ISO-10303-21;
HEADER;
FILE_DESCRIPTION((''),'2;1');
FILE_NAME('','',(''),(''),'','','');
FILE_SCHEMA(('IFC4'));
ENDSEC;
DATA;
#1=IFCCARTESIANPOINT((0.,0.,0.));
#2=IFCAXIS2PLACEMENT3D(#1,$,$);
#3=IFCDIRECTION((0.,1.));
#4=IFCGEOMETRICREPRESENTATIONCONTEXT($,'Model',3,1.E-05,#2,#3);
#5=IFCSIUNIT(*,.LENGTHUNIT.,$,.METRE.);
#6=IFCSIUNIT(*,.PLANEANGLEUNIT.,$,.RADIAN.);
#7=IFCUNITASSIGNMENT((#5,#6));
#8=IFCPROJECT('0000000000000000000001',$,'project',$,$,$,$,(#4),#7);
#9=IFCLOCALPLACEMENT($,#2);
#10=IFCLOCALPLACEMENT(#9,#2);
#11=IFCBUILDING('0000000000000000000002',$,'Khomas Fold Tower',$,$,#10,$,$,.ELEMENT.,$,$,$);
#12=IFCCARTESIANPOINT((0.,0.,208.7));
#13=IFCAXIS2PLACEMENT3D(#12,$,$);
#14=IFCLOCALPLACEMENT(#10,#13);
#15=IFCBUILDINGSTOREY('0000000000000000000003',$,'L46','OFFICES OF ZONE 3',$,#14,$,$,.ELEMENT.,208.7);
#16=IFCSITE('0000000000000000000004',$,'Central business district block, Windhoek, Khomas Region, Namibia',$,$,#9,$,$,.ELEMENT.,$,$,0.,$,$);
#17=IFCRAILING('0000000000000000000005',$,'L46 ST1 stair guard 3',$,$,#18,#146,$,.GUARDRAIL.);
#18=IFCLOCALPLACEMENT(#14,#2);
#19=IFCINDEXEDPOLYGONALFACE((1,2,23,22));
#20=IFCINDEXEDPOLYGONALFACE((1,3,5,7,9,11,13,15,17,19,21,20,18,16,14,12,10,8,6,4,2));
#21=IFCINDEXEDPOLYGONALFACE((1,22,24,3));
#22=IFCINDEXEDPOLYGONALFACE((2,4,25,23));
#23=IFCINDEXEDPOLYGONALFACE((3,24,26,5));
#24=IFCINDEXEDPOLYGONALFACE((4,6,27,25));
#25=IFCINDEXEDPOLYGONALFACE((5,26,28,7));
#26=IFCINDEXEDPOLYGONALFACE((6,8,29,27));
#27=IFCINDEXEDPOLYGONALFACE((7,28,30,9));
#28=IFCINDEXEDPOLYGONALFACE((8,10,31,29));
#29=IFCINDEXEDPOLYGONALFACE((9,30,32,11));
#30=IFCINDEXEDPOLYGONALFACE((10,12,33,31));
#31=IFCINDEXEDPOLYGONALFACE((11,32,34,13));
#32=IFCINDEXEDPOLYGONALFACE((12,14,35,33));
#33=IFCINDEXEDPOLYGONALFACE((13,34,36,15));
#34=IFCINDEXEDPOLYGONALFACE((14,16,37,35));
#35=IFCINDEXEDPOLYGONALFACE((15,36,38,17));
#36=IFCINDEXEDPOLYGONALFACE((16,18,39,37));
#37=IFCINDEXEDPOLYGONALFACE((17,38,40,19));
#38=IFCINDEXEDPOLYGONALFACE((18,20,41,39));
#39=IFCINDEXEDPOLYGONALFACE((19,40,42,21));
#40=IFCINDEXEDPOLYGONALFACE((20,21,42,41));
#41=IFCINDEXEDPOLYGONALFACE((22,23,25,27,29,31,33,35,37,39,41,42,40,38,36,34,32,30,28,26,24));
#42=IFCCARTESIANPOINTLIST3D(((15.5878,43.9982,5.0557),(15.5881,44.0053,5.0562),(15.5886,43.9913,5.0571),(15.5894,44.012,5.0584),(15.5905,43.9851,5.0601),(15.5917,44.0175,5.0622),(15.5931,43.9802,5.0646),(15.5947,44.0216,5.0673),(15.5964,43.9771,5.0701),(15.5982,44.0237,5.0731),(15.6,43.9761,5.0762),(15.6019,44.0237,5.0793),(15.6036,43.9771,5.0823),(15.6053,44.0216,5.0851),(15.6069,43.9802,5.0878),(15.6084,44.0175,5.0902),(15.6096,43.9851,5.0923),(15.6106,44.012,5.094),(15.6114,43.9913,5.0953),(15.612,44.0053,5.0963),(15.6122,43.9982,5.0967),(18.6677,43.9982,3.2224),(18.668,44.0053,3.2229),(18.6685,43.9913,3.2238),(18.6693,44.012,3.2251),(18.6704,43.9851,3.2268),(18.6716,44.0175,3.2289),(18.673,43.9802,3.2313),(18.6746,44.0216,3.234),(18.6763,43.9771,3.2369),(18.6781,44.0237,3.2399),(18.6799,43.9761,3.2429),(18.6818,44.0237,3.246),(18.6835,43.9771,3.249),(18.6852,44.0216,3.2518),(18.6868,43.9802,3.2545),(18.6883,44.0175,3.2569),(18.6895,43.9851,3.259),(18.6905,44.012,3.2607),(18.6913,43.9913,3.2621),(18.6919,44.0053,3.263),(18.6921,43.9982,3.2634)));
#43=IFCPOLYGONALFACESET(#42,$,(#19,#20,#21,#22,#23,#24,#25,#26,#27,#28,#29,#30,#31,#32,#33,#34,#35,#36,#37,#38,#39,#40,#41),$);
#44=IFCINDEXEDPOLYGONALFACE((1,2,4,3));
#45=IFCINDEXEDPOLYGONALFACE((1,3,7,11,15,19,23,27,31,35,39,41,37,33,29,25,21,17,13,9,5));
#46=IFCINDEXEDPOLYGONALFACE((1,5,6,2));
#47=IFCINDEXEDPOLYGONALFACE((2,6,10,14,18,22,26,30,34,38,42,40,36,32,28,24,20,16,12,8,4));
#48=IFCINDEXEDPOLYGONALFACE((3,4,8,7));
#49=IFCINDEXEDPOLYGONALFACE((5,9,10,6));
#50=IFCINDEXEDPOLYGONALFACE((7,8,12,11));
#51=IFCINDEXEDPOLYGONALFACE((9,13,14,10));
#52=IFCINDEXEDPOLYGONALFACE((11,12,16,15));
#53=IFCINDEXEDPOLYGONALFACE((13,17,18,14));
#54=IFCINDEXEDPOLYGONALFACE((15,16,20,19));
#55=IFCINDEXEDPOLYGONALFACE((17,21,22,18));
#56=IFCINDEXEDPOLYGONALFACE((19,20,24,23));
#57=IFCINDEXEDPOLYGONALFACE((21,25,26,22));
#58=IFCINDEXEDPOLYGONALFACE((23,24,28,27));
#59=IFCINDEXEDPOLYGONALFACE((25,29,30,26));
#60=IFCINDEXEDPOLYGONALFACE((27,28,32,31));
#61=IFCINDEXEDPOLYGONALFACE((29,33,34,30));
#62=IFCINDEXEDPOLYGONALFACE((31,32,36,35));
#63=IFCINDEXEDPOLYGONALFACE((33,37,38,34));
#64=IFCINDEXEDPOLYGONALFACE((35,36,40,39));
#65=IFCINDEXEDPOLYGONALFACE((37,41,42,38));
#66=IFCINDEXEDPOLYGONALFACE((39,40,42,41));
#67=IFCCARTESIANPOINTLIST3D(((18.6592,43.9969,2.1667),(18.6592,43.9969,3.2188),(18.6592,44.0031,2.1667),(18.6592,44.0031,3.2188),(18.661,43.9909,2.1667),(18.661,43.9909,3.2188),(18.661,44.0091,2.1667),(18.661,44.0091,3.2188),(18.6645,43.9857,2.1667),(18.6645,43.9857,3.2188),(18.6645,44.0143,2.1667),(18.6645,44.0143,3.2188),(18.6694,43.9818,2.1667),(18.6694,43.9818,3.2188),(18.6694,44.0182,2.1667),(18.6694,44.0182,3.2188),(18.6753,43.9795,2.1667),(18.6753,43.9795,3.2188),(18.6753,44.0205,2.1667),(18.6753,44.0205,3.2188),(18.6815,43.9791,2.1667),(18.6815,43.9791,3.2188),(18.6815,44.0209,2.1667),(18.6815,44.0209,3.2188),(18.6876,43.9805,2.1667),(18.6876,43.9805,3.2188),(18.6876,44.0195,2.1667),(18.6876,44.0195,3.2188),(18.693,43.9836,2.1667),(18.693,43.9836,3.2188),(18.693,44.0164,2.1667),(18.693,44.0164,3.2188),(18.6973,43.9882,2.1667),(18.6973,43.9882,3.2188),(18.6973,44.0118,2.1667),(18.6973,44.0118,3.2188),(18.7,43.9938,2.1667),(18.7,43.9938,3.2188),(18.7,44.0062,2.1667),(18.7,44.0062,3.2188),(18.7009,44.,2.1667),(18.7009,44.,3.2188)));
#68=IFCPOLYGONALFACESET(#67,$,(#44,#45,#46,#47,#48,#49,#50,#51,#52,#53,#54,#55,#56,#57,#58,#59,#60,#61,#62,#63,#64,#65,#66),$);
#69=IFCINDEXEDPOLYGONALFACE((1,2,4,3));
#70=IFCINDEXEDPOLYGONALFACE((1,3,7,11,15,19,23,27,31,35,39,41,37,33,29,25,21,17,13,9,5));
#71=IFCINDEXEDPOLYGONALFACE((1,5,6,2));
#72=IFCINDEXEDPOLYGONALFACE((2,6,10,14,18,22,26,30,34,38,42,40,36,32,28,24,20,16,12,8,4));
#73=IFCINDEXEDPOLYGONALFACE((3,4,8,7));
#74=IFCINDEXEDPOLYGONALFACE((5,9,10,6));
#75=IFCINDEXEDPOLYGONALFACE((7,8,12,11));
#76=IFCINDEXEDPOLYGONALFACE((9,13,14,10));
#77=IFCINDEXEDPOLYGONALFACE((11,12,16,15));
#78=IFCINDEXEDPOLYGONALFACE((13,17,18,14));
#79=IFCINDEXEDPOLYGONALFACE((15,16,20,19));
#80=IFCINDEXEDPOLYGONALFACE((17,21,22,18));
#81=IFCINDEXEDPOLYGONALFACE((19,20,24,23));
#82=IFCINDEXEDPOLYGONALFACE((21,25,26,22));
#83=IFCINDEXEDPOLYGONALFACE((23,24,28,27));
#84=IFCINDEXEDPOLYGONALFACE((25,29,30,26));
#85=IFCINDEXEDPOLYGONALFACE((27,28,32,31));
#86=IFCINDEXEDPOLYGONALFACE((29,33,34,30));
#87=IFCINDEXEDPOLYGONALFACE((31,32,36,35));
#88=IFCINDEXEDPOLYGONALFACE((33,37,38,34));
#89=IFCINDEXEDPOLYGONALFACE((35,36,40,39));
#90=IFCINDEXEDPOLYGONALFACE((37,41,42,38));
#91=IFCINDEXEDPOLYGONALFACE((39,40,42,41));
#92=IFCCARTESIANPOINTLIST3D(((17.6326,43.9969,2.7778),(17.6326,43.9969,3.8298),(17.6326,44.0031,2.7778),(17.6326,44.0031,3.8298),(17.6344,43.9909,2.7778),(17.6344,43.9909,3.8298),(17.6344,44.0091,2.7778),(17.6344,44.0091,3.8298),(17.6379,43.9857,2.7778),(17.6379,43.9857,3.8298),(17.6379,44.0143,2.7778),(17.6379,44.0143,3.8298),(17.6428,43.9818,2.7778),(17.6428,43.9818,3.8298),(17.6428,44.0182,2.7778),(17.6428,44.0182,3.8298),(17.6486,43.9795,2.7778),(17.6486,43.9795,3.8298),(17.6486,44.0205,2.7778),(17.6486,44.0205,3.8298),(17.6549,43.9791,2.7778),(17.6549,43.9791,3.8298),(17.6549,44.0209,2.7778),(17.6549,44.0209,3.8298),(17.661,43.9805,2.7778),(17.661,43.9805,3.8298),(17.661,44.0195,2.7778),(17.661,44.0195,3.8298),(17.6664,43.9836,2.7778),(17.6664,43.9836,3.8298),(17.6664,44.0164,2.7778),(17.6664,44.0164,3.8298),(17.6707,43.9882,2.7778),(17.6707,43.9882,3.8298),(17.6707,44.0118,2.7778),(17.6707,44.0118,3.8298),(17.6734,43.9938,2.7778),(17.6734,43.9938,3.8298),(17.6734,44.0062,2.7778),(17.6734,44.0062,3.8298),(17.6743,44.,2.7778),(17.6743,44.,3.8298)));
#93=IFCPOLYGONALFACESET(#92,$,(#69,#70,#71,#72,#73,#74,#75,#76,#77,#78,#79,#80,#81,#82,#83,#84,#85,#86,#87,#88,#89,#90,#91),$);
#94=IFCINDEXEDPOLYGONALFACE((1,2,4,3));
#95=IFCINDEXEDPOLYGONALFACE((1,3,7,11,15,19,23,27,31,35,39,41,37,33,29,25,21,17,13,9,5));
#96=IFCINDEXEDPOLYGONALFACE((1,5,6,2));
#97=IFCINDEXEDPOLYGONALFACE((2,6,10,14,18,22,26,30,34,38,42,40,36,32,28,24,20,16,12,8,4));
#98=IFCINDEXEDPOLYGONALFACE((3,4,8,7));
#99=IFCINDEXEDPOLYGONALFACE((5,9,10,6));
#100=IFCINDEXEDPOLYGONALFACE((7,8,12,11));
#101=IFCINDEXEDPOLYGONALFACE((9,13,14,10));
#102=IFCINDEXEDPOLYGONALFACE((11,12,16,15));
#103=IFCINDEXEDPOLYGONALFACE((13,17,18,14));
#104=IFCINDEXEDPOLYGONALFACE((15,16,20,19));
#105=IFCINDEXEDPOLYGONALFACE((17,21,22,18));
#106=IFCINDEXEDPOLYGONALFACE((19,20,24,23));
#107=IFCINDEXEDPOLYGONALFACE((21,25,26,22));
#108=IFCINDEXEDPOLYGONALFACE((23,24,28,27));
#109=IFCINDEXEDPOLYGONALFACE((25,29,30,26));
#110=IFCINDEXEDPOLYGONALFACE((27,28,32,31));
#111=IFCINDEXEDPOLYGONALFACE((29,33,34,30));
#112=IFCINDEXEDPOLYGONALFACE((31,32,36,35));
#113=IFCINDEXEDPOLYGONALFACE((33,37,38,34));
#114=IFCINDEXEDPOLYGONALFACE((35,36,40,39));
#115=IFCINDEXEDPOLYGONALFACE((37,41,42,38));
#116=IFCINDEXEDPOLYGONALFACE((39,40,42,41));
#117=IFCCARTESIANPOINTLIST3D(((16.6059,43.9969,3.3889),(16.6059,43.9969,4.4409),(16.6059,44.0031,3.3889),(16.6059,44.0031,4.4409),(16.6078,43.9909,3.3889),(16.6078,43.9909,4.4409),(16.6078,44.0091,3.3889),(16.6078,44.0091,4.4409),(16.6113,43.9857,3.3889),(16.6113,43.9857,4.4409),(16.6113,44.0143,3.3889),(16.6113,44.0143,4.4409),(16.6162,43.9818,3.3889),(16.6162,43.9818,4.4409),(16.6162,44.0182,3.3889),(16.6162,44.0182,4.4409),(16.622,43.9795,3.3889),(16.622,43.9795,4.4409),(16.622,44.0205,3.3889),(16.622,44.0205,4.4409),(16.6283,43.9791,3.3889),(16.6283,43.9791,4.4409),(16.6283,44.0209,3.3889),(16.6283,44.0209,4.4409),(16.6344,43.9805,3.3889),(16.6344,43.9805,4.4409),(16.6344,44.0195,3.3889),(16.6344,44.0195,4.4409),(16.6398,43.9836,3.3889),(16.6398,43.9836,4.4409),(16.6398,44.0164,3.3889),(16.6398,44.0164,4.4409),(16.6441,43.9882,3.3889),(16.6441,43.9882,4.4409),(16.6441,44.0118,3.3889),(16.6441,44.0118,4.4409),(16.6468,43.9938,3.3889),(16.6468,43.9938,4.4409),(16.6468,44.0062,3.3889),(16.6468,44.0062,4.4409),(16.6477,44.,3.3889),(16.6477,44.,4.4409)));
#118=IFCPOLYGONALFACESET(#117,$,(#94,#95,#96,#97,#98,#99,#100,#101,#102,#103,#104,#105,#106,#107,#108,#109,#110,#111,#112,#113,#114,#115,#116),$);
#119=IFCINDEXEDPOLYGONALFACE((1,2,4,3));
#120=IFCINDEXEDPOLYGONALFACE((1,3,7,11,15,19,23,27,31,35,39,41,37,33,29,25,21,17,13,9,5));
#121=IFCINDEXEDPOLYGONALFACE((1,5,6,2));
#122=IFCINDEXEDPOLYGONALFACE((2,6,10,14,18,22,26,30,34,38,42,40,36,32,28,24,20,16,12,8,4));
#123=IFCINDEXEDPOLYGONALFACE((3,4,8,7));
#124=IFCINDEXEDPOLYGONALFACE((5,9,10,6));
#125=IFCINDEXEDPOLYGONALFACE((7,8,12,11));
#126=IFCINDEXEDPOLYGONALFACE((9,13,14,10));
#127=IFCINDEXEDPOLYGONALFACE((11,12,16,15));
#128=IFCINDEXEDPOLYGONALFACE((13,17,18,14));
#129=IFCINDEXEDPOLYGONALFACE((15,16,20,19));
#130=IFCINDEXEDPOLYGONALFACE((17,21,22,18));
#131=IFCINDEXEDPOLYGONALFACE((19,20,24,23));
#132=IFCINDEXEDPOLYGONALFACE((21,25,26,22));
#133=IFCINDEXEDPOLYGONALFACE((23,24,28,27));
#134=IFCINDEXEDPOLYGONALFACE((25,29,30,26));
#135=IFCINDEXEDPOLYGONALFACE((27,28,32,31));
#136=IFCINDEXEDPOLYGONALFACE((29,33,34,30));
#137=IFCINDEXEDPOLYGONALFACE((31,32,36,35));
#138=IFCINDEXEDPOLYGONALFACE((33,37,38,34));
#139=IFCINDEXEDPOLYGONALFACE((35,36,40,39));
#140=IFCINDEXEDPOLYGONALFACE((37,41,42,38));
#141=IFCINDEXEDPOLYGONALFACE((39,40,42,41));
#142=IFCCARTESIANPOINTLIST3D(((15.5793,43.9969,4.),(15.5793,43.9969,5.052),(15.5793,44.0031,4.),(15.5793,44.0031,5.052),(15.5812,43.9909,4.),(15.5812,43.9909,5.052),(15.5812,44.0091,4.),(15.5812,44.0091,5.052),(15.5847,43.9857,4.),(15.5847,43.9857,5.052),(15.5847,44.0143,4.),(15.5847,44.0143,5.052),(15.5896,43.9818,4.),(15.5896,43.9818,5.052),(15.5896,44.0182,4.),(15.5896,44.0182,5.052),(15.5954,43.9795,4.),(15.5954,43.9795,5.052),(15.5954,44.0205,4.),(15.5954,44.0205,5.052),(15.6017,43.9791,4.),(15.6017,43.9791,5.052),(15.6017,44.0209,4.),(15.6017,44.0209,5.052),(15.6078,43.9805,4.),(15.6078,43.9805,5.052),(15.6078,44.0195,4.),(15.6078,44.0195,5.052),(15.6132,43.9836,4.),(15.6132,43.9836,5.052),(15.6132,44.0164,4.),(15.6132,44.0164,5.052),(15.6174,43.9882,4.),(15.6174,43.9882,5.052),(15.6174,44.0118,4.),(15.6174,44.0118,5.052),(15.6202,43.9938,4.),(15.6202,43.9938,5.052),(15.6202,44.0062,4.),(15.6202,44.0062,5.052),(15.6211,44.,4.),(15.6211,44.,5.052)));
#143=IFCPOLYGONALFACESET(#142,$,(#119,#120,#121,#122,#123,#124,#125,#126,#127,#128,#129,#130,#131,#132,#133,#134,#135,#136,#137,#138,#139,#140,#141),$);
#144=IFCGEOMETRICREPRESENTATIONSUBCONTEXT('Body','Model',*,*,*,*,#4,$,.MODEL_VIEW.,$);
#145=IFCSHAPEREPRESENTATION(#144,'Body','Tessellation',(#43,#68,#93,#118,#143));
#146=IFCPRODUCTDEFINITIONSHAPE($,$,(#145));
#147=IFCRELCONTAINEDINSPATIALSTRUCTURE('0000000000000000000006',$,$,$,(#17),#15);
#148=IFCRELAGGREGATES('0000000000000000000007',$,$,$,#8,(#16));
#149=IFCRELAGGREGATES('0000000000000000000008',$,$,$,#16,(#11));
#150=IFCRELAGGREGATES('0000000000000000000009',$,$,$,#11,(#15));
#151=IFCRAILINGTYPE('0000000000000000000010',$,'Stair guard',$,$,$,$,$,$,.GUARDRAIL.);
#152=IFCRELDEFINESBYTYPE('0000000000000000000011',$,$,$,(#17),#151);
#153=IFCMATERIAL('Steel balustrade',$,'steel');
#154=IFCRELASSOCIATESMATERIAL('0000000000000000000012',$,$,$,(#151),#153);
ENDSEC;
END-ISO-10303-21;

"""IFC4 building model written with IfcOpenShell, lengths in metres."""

from ifc_helpers import new_model, si_unit, direction, frame, origin, origin_2d, place, context, subcontext, project, spatial, circle, extrude, source, transform, mapped, material, type_object, element, save


model = new_model("IFC4")

# Units and contexts
model_context = context("Model", 3, precision=1e-05, world=origin(), true_north=direction((0.0, 1.0)))
body_context = subcontext(model_context, "Body", "Model", "MODEL_VIEW")
ifc_project = project(units=[si_unit("LENGTHUNIT", "METRE"), si_unit("PLANEANGLEUNIT", "RADIAN")], contexts=[model_context])

# Site, building, storey
site_placement = place(None, origin())
site = spatial("IfcSite", under=ifc_project, at=site_placement, Name="Central business district block, Windhoek, Khomas Region, Namibia", CompositionType="ELEMENT", RefElevation=0.0)
building_placement = place(site_placement, origin())
building = spatial("IfcBuilding", under=site, at=building_placement, Name="Khomas Fold Tower", CompositionType="ELEMENT")
storey_placement = place(building_placement, frame((0.0, 0.0, 208.7)))
storey = spatial("IfcBuildingStorey", under=building, at=storey_placement, Name="L46", Description="OFFICES OF ZONE 3", CompositionType="ELEMENT", Elevation=208.7)

# Railing
ifc_material_1 = material(Name="Steel balustrade", Category="steel")
railing_type_1 = type_object("IfcRailingType", Name="Stair guard", PredefinedType="GUARDRAIL", material=ifc_material_1)
shared_shape_1 = source(origin(), body_context, "Body", "SweptSolid", [
    extrude(circle(Radius=0.0239, at=origin_2d()), frame((0.0, 0.0, 1.0762), z_axis=(-0.859291, 0.0, 0.511487), x_axis=(0.0, -1.0, 0.0)), (0.0, 0.0, 1.0), 3.5842),
    extrude(circle(Radius=0.021, at=origin_2d()), origin(), (0.0, 0.0, 1.0), 1.052),
    extrude(circle(Radius=0.021, at=origin_2d()), frame((-1.0266, 0.0, 0.6111)), (0.0, 0.0, 1.0), 1.052),
    extrude(circle(Radius=0.021, at=origin_2d()), frame((-2.0532, 0.0, 1.2222)), (0.0, 0.0, 1.0), 1.052),
    extrude(circle(Radius=0.021, at=origin_2d()), frame((-3.0798, 0.0, 1.8333)), (0.0, 0.0, 1.0), 1.052),
])
railing_1_placement = place(storey_placement, frame((18.6799, 44.0, 2.1667)))
element("IfcRailing", 1, at=railing_1_placement, inside=storey, type_object=railing_type_1, Name="L46 ST1 stair guard 3", PredefinedType="GUARDRAIL", context=body_context, shape_type="MappedRepresentation", body=[
    mapped(shared_shape_1, transform((0.0, 0.0, 0.0))),
])

save(model, "model.ifc")
